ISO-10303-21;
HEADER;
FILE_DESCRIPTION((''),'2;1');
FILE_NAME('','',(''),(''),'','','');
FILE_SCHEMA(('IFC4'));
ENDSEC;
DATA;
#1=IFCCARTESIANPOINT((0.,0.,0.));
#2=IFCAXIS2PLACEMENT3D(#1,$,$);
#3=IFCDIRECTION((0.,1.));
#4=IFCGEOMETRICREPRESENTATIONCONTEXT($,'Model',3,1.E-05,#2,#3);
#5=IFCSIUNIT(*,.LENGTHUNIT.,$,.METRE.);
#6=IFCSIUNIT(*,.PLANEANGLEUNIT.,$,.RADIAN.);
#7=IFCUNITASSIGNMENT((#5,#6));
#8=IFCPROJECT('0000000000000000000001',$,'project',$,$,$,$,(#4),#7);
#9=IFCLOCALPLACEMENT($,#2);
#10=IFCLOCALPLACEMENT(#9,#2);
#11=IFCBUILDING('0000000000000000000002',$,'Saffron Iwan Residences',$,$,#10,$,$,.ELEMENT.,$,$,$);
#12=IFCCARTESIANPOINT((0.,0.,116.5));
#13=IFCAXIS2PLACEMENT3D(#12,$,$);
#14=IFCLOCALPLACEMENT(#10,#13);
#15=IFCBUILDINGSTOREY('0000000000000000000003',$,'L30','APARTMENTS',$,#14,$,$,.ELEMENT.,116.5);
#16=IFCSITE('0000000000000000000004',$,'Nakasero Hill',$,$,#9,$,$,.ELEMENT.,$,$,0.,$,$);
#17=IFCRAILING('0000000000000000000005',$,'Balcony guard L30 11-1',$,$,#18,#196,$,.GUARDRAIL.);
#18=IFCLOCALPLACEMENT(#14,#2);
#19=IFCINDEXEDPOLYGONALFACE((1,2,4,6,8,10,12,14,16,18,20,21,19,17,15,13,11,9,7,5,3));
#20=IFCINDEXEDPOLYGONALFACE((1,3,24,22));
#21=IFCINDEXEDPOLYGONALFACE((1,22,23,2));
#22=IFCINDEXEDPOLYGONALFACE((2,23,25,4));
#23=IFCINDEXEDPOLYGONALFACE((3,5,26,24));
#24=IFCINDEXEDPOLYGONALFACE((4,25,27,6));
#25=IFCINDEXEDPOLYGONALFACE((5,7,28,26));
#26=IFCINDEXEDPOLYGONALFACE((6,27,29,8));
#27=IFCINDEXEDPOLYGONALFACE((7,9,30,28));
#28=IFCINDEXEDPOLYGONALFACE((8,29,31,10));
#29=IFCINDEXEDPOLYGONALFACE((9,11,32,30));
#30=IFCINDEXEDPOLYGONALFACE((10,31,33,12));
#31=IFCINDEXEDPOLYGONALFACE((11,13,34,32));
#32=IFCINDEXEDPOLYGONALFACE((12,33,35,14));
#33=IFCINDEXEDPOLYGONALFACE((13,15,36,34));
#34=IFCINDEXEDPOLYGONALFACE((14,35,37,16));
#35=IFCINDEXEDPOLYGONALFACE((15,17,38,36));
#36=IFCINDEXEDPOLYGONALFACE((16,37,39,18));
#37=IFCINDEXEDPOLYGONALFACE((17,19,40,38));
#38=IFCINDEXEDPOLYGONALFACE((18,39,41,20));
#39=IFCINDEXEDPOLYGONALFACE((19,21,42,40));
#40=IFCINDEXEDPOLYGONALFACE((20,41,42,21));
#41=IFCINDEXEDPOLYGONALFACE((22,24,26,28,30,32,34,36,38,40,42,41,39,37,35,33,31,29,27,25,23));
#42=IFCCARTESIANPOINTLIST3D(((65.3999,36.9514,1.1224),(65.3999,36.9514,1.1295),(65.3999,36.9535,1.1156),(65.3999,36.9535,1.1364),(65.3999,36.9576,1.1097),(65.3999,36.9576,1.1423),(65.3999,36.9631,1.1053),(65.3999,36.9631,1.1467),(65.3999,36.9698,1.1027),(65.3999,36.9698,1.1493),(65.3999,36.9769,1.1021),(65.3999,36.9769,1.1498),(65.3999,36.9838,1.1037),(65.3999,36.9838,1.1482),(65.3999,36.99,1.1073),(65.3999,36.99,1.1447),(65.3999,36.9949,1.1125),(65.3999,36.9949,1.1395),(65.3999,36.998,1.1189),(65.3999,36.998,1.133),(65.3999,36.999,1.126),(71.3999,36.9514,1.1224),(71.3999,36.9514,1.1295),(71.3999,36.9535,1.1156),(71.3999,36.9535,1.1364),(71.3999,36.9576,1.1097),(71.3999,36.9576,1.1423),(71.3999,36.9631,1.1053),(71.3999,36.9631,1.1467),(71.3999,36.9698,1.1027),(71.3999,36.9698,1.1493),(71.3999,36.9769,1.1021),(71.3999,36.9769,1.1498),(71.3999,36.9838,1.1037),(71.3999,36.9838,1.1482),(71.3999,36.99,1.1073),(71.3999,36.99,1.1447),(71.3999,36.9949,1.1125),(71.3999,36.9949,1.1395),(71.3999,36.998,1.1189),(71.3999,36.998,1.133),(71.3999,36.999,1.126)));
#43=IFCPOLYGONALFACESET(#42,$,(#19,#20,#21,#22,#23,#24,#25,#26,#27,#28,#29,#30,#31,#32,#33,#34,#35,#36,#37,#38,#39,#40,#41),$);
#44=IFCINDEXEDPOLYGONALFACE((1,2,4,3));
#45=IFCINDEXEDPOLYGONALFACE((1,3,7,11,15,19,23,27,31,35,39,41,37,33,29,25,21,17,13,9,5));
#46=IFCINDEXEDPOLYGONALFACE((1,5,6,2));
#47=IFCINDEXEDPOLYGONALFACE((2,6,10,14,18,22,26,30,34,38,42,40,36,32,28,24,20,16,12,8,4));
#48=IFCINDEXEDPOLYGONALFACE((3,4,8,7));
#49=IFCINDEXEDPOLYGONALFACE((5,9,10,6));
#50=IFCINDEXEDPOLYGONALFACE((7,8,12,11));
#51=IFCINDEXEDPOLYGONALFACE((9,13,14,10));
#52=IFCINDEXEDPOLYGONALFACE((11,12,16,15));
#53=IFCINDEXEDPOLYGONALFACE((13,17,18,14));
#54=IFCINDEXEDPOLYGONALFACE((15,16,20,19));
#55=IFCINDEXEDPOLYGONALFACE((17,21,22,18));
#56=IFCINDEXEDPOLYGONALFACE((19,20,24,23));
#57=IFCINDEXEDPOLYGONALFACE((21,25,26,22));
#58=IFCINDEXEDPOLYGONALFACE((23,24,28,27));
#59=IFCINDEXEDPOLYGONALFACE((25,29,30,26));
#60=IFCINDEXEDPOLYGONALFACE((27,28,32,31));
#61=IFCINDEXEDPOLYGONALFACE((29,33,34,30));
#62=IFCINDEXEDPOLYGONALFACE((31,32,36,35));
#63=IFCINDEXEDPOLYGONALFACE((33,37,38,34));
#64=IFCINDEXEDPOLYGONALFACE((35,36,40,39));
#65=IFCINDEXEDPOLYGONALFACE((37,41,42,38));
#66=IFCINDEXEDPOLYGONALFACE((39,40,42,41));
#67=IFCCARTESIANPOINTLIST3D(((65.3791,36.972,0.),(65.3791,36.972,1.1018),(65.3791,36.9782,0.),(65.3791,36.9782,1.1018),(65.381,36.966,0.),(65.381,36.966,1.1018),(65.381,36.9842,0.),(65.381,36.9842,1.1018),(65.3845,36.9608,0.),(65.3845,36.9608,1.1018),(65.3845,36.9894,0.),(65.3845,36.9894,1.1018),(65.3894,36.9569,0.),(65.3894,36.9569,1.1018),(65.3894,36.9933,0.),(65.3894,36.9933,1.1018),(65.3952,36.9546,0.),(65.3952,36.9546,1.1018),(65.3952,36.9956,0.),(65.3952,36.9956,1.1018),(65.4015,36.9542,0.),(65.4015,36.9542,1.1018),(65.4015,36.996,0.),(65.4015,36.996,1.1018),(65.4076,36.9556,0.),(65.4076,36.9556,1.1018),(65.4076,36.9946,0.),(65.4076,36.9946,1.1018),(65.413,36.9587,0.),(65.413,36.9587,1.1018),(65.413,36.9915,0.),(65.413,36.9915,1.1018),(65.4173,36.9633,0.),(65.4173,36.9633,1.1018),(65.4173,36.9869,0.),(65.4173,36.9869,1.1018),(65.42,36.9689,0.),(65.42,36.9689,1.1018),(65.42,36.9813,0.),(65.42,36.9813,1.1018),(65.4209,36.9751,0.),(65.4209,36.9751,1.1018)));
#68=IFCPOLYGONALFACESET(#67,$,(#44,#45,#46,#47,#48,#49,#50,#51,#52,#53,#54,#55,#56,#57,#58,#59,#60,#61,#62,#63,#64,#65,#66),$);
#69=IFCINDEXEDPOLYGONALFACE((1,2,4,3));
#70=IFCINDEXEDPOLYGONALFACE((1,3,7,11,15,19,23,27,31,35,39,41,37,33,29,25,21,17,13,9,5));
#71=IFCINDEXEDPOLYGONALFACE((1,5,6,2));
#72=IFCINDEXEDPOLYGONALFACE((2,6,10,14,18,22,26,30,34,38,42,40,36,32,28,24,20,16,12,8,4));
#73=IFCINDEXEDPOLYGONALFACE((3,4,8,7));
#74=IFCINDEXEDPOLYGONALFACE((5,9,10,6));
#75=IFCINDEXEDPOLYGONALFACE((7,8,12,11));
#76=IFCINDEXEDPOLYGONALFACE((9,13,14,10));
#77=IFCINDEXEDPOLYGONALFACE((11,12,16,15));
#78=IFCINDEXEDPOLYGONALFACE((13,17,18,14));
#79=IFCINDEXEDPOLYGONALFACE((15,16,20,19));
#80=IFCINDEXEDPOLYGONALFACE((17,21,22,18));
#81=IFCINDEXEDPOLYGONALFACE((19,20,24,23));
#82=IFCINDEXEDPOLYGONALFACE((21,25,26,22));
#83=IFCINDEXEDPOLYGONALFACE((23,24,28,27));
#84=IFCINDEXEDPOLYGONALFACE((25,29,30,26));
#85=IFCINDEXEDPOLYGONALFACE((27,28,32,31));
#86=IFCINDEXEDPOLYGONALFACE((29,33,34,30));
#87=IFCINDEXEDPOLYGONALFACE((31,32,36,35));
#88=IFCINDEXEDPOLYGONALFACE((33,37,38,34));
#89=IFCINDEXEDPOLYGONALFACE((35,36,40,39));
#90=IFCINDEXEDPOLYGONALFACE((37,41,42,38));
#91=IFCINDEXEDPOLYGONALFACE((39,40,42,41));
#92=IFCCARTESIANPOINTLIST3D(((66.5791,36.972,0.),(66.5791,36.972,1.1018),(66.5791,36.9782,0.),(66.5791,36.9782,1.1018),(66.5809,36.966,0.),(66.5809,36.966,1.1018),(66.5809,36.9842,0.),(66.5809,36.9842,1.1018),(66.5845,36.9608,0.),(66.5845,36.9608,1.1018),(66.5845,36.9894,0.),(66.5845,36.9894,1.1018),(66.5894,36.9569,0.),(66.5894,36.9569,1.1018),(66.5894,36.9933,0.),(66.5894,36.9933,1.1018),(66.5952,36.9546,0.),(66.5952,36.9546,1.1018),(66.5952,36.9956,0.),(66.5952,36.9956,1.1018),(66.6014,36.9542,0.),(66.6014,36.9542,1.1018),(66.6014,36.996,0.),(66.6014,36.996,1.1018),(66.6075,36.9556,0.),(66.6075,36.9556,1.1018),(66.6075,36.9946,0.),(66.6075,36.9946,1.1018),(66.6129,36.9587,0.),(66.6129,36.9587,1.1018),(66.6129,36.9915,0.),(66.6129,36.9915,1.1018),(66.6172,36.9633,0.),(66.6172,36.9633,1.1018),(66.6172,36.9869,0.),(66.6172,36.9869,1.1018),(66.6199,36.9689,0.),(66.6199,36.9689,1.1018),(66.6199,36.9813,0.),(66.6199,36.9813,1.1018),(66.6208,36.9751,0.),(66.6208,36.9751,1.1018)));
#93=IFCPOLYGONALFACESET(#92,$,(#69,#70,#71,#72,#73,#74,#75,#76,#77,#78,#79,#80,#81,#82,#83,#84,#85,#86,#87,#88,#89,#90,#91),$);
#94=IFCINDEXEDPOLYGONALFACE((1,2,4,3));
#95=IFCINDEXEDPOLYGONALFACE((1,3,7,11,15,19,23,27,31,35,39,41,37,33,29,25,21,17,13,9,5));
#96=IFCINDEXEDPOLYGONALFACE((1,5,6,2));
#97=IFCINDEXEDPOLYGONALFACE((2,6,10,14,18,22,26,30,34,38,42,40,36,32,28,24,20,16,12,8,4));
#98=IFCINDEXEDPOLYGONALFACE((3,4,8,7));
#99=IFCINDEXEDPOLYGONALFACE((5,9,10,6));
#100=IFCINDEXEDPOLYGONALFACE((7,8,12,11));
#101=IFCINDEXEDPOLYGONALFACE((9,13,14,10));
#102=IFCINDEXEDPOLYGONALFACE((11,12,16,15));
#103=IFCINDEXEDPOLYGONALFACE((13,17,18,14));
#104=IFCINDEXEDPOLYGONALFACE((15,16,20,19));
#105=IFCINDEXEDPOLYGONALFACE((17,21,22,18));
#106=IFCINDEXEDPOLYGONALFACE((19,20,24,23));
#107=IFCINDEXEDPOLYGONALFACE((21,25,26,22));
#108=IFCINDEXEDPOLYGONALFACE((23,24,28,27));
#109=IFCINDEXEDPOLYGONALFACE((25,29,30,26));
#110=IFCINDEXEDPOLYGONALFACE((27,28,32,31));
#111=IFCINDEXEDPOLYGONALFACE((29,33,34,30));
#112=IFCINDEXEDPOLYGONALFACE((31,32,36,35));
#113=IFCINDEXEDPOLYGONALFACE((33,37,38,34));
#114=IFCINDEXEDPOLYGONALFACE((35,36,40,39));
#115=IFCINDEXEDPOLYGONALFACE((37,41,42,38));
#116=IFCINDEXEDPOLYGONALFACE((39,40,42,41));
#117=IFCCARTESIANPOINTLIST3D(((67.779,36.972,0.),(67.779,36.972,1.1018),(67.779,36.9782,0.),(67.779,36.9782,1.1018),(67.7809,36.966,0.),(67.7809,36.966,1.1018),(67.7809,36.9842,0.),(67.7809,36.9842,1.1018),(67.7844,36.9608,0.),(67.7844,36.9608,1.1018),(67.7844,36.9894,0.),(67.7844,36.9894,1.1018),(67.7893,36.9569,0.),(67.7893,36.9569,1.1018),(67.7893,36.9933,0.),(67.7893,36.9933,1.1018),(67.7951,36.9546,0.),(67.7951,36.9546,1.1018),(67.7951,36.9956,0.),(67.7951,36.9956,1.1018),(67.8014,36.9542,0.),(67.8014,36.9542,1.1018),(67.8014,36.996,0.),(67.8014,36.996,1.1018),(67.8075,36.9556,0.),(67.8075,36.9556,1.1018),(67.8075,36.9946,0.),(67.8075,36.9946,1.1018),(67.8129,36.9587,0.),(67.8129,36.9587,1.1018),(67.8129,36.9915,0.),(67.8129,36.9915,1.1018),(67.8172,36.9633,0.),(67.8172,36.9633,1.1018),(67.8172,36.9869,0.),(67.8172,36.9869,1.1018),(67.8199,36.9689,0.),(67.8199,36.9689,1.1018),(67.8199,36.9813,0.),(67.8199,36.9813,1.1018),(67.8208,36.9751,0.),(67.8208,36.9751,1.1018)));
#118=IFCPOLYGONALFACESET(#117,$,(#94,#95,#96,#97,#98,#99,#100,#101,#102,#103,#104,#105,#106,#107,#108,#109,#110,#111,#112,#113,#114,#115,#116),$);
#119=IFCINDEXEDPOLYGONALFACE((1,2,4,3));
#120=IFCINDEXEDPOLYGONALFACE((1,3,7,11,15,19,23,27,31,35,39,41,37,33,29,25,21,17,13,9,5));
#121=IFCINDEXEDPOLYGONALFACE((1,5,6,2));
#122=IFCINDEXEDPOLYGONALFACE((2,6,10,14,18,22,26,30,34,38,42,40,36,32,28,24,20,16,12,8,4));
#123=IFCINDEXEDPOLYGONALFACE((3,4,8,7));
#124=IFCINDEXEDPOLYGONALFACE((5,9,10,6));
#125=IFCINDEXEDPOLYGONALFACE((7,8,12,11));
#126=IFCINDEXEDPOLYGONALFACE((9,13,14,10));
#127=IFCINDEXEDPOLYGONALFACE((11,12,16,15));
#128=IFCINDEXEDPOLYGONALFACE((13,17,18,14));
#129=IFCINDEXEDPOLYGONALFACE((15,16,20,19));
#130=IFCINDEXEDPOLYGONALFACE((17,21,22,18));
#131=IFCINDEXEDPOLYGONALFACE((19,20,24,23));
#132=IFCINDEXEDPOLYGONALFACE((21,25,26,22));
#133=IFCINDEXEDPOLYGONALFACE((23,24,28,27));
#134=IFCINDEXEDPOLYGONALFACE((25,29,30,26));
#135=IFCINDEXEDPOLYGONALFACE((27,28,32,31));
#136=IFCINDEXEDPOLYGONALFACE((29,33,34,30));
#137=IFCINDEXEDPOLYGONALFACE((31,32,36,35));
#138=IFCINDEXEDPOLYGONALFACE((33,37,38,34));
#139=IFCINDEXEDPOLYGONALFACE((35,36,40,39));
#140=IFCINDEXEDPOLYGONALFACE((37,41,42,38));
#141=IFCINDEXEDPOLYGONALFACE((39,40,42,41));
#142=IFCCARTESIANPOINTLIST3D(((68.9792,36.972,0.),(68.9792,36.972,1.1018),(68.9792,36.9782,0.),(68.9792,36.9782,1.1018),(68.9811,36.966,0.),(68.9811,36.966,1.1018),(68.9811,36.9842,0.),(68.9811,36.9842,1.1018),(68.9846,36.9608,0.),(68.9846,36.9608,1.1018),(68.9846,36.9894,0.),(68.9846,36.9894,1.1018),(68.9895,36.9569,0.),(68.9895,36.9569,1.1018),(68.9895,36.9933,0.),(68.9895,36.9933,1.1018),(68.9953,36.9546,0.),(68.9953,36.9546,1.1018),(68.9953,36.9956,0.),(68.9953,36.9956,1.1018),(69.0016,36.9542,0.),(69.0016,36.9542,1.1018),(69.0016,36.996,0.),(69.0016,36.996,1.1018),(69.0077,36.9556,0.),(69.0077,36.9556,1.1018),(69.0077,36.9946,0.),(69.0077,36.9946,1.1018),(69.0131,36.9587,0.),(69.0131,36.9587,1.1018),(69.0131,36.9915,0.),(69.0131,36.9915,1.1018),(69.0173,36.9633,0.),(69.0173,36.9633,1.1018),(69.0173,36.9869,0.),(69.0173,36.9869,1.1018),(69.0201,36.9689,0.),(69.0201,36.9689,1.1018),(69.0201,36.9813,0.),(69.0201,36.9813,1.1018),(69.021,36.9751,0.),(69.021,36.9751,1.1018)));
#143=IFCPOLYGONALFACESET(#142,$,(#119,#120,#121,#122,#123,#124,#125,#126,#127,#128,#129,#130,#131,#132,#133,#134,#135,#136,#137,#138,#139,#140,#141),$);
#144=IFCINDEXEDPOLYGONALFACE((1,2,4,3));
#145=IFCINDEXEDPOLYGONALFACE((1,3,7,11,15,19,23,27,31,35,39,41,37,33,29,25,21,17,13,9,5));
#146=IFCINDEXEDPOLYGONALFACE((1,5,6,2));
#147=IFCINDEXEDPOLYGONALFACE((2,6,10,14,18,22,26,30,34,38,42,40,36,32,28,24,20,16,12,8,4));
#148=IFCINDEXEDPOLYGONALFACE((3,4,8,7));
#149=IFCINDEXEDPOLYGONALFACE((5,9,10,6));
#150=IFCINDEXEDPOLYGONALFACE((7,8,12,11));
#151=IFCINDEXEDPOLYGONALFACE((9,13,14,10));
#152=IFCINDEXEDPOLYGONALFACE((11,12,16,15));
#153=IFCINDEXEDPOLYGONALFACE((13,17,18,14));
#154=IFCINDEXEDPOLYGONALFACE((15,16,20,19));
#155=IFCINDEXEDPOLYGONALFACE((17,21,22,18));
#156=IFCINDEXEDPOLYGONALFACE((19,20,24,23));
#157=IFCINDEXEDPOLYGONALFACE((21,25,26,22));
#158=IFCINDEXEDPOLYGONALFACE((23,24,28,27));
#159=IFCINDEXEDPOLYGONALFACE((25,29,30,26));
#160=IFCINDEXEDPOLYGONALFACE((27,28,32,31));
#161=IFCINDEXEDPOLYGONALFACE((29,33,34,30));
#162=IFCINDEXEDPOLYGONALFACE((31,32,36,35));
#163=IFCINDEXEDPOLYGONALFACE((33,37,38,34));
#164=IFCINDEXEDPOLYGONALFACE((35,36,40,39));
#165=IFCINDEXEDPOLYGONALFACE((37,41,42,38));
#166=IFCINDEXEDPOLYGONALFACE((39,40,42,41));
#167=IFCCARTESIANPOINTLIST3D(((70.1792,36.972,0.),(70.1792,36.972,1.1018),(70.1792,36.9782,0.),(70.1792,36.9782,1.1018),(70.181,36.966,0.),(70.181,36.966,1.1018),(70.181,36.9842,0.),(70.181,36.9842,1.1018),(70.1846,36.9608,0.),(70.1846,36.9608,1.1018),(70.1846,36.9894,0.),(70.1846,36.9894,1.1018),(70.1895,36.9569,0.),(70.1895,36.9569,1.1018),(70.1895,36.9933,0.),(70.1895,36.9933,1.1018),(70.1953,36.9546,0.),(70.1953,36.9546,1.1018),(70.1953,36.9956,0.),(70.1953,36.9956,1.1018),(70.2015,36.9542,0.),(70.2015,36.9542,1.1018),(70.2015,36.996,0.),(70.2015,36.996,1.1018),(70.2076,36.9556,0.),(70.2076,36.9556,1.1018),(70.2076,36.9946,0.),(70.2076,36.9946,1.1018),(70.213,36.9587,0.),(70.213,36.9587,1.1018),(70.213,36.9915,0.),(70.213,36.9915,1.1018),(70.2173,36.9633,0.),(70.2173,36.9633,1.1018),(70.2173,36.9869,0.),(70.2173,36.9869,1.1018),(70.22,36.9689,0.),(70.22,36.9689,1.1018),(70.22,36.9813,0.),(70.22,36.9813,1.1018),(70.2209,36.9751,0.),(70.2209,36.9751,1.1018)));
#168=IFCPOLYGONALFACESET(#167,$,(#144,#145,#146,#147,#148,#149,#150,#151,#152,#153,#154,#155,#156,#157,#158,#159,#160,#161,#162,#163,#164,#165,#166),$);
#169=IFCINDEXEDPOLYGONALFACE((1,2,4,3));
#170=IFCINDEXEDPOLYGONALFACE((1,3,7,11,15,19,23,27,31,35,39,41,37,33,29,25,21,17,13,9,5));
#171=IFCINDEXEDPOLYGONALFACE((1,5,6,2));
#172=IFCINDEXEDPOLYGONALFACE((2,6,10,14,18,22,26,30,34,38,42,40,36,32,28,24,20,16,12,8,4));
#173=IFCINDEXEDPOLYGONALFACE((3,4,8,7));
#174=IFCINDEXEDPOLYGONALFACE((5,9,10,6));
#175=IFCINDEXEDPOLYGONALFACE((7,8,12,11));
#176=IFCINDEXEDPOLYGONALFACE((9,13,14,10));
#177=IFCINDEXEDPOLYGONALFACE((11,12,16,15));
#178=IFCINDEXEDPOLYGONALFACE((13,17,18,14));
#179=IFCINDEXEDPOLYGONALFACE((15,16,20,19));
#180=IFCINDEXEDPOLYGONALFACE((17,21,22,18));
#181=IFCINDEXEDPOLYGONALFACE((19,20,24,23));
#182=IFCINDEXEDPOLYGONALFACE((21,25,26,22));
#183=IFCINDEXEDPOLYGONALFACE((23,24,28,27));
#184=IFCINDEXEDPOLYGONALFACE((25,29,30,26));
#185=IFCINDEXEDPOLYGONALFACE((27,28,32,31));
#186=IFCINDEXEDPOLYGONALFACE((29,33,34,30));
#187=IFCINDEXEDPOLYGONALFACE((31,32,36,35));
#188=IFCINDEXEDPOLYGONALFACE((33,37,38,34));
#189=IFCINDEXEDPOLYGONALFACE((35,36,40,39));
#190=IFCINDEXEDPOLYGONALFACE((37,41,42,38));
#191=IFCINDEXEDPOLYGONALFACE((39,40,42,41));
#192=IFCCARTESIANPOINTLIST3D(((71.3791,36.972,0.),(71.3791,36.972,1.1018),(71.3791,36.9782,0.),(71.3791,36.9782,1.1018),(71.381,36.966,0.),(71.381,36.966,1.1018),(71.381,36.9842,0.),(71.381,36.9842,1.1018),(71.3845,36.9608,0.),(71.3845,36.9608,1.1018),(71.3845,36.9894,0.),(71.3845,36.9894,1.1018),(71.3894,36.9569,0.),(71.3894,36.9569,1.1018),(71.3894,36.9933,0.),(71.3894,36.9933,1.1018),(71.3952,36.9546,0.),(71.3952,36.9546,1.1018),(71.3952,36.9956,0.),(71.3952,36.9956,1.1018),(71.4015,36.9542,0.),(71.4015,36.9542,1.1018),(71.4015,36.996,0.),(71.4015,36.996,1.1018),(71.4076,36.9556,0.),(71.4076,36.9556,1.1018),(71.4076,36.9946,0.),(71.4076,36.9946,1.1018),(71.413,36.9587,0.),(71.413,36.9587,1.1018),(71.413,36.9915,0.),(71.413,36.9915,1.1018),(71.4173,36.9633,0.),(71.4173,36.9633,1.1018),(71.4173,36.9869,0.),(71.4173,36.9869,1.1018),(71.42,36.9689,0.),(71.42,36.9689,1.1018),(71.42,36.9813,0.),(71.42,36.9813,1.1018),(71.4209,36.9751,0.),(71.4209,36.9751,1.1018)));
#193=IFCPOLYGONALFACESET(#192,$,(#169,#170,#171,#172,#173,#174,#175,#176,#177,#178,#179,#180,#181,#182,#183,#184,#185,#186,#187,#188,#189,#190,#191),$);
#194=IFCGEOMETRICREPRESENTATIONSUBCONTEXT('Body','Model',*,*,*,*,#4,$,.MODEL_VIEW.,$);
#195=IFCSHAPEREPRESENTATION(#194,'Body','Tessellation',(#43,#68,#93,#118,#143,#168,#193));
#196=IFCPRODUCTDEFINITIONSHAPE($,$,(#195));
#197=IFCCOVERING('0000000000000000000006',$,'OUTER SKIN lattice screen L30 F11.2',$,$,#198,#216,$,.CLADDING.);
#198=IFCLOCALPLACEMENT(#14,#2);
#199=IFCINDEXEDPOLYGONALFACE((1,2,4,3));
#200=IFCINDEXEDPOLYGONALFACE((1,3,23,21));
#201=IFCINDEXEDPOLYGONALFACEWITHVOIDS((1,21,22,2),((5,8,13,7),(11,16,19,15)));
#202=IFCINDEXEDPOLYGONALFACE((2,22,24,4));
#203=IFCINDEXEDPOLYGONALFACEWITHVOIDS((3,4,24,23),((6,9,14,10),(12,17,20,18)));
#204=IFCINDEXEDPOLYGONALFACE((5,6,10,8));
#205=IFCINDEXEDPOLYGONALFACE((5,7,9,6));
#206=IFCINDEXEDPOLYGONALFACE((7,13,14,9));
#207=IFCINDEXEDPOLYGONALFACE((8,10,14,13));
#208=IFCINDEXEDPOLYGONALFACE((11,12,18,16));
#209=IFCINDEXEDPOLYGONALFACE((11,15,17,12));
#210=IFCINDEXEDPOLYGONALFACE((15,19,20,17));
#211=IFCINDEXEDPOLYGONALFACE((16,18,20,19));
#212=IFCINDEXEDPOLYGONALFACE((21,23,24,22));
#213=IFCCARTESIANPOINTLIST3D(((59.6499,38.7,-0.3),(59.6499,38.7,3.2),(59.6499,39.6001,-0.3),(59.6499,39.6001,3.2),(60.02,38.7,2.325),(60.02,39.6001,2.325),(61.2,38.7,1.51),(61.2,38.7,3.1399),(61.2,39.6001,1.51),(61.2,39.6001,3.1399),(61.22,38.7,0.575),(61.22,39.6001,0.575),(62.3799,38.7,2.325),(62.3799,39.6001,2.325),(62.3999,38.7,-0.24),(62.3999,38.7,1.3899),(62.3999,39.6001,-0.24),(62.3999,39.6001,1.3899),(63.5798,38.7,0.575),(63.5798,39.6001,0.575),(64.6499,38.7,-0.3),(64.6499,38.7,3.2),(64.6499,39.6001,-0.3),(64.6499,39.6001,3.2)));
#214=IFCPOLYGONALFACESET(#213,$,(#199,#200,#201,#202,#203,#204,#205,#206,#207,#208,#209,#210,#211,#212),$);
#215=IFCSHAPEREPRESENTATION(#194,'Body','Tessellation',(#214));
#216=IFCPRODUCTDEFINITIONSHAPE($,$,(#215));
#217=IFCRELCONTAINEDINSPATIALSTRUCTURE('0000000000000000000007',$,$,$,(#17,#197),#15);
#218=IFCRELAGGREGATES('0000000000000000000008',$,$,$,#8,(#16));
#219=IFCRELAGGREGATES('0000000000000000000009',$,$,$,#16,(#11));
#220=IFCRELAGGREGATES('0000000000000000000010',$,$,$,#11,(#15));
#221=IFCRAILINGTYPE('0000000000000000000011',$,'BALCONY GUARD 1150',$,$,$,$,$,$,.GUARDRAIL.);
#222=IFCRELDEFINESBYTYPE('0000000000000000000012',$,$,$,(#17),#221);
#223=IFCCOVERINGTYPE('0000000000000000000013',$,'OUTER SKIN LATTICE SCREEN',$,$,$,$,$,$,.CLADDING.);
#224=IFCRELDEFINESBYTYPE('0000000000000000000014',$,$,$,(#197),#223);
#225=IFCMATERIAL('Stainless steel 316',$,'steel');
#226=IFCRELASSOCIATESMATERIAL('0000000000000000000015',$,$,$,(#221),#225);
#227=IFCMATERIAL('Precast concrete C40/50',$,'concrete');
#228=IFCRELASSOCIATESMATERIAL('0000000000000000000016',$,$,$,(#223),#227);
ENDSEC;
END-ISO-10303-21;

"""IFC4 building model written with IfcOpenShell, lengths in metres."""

from ifc_helpers import new_model, si_unit, direction, frame, origin, origin_2d, place, context, subcontext, project, spatial, polyline, circle, outline, extrude, material, type_object, element, save


model = new_model("IFC4")

# Units and contexts
model_context = context("Model", 3, precision=1e-05, world=origin(), true_north=direction((0.0, 1.0)))
body_context = subcontext(model_context, "Body", "Model", "MODEL_VIEW")
ifc_project = project(units=[si_unit("LENGTHUNIT", "METRE"), si_unit("PLANEANGLEUNIT", "RADIAN")], contexts=[model_context])

# Site, building, storey
site_placement = place(None, origin())
site = spatial("IfcSite", under=ifc_project, at=site_placement, Name="Nakasero Hill", CompositionType="ELEMENT", RefElevation=0.0)
building_placement = place(site_placement, origin())
building = spatial("IfcBuilding", under=site, at=building_placement, Name="Saffron Iwan Residences", CompositionType="ELEMENT")
storey_placement = place(building_placement, frame((0.0, 0.0, 116.5)))
storey = spatial("IfcBuildingStorey", under=building, at=storey_placement, Name="L30", Description="APARTMENTS", CompositionType="ELEMENT", Elevation=116.5)

# Railing
ifc_material_1 = material(Name="Stainless steel 316", Category="steel")
railing_type = type_object("IfcRailingType", Name="BALCONY GUARD 1150", PredefinedType="GUARDRAIL", material=ifc_material_1)
railing_placement = place(storey_placement, frame((65.3999, 36.9751, 0.0)))
element("IfcRailing", 1, at=railing_placement, inside=storey, type_object=railing_type, Name="Balcony guard L30 11-1", PredefinedType="GUARDRAIL", context=body_context, shape_type="SweptSolid", body=[
    extrude(circle(Radius=0.0239, at=origin_2d()), frame((0.0, 0.0, 1.126), z_axis=(1.0, 0.0, 0.0), x_axis=(0.0, 1.0, 0.0)), (0.0, 0.0, 1.0), 6.0),
    extrude(circle(Radius=0.021, at=origin_2d()), origin(), (0.0, 0.0, 1.0), 1.1018),
    extrude(circle(Radius=0.021, at=origin_2d()), frame((1.2, 0.0, 0.0)), (0.0, 0.0, 1.0), 1.1018),
    extrude(circle(Radius=0.021, at=origin_2d()), frame((2.3999, 0.0, 0.0)), (0.0, 0.0, 1.0), 1.1018),
    extrude(circle(Radius=0.021, at=origin_2d()), frame((3.6001, 0.0, 0.0)), (0.0, 0.0, 1.0), 1.1018),
    extrude(circle(Radius=0.021, at=origin_2d()), frame((4.8, 0.0, 0.0)), (0.0, 0.0, 1.0), 1.1018),
    extrude(circle(Radius=0.021, at=origin_2d()), frame((6.0, 0.0, 0.0)), (0.0, 0.0, 1.0), 1.1018),
])

# Covering
ifc_material_2 = material(Name="Precast concrete C40/50", Category="concrete")
covering_type = type_object("IfcCoveringType", Name="OUTER SKIN LATTICE SCREEN", PredefinedType="CLADDING", material=ifc_material_2)
covering_placement = place(storey_placement, frame((59.6499, 39.6001, -0.3), z_axis=(0.0, -1.0, 0.0), x_axis=(1.0, 0.0, 0.0)))
element("IfcCovering", 2, at=covering_placement, inside=storey, type_object=covering_type, Name="OUTER SKIN lattice screen L30 F11.2", PredefinedType="CLADDING", context=body_context, shape_type="SweptSolid", body=[
    extrude(outline(polyline([(0.0, 0.0), (5.0, 0.0), (5.0, 3.5), (0.0, 3.5), (0.0, 0.0)]), holes=[polyline([(1.5701, 0.875), (2.75, 0.0601), (3.9299, 0.875), (2.75, 1.6899), (1.5701, 0.875)]), polyline([(0.3701, 2.625), (1.55, 1.8101), (2.73, 2.625), (1.55, 3.4399), (0.3701, 2.625)])]), origin(), (0.0, 0.0, 1.0), 0.9001),
])

save(model, "model.ifc")
